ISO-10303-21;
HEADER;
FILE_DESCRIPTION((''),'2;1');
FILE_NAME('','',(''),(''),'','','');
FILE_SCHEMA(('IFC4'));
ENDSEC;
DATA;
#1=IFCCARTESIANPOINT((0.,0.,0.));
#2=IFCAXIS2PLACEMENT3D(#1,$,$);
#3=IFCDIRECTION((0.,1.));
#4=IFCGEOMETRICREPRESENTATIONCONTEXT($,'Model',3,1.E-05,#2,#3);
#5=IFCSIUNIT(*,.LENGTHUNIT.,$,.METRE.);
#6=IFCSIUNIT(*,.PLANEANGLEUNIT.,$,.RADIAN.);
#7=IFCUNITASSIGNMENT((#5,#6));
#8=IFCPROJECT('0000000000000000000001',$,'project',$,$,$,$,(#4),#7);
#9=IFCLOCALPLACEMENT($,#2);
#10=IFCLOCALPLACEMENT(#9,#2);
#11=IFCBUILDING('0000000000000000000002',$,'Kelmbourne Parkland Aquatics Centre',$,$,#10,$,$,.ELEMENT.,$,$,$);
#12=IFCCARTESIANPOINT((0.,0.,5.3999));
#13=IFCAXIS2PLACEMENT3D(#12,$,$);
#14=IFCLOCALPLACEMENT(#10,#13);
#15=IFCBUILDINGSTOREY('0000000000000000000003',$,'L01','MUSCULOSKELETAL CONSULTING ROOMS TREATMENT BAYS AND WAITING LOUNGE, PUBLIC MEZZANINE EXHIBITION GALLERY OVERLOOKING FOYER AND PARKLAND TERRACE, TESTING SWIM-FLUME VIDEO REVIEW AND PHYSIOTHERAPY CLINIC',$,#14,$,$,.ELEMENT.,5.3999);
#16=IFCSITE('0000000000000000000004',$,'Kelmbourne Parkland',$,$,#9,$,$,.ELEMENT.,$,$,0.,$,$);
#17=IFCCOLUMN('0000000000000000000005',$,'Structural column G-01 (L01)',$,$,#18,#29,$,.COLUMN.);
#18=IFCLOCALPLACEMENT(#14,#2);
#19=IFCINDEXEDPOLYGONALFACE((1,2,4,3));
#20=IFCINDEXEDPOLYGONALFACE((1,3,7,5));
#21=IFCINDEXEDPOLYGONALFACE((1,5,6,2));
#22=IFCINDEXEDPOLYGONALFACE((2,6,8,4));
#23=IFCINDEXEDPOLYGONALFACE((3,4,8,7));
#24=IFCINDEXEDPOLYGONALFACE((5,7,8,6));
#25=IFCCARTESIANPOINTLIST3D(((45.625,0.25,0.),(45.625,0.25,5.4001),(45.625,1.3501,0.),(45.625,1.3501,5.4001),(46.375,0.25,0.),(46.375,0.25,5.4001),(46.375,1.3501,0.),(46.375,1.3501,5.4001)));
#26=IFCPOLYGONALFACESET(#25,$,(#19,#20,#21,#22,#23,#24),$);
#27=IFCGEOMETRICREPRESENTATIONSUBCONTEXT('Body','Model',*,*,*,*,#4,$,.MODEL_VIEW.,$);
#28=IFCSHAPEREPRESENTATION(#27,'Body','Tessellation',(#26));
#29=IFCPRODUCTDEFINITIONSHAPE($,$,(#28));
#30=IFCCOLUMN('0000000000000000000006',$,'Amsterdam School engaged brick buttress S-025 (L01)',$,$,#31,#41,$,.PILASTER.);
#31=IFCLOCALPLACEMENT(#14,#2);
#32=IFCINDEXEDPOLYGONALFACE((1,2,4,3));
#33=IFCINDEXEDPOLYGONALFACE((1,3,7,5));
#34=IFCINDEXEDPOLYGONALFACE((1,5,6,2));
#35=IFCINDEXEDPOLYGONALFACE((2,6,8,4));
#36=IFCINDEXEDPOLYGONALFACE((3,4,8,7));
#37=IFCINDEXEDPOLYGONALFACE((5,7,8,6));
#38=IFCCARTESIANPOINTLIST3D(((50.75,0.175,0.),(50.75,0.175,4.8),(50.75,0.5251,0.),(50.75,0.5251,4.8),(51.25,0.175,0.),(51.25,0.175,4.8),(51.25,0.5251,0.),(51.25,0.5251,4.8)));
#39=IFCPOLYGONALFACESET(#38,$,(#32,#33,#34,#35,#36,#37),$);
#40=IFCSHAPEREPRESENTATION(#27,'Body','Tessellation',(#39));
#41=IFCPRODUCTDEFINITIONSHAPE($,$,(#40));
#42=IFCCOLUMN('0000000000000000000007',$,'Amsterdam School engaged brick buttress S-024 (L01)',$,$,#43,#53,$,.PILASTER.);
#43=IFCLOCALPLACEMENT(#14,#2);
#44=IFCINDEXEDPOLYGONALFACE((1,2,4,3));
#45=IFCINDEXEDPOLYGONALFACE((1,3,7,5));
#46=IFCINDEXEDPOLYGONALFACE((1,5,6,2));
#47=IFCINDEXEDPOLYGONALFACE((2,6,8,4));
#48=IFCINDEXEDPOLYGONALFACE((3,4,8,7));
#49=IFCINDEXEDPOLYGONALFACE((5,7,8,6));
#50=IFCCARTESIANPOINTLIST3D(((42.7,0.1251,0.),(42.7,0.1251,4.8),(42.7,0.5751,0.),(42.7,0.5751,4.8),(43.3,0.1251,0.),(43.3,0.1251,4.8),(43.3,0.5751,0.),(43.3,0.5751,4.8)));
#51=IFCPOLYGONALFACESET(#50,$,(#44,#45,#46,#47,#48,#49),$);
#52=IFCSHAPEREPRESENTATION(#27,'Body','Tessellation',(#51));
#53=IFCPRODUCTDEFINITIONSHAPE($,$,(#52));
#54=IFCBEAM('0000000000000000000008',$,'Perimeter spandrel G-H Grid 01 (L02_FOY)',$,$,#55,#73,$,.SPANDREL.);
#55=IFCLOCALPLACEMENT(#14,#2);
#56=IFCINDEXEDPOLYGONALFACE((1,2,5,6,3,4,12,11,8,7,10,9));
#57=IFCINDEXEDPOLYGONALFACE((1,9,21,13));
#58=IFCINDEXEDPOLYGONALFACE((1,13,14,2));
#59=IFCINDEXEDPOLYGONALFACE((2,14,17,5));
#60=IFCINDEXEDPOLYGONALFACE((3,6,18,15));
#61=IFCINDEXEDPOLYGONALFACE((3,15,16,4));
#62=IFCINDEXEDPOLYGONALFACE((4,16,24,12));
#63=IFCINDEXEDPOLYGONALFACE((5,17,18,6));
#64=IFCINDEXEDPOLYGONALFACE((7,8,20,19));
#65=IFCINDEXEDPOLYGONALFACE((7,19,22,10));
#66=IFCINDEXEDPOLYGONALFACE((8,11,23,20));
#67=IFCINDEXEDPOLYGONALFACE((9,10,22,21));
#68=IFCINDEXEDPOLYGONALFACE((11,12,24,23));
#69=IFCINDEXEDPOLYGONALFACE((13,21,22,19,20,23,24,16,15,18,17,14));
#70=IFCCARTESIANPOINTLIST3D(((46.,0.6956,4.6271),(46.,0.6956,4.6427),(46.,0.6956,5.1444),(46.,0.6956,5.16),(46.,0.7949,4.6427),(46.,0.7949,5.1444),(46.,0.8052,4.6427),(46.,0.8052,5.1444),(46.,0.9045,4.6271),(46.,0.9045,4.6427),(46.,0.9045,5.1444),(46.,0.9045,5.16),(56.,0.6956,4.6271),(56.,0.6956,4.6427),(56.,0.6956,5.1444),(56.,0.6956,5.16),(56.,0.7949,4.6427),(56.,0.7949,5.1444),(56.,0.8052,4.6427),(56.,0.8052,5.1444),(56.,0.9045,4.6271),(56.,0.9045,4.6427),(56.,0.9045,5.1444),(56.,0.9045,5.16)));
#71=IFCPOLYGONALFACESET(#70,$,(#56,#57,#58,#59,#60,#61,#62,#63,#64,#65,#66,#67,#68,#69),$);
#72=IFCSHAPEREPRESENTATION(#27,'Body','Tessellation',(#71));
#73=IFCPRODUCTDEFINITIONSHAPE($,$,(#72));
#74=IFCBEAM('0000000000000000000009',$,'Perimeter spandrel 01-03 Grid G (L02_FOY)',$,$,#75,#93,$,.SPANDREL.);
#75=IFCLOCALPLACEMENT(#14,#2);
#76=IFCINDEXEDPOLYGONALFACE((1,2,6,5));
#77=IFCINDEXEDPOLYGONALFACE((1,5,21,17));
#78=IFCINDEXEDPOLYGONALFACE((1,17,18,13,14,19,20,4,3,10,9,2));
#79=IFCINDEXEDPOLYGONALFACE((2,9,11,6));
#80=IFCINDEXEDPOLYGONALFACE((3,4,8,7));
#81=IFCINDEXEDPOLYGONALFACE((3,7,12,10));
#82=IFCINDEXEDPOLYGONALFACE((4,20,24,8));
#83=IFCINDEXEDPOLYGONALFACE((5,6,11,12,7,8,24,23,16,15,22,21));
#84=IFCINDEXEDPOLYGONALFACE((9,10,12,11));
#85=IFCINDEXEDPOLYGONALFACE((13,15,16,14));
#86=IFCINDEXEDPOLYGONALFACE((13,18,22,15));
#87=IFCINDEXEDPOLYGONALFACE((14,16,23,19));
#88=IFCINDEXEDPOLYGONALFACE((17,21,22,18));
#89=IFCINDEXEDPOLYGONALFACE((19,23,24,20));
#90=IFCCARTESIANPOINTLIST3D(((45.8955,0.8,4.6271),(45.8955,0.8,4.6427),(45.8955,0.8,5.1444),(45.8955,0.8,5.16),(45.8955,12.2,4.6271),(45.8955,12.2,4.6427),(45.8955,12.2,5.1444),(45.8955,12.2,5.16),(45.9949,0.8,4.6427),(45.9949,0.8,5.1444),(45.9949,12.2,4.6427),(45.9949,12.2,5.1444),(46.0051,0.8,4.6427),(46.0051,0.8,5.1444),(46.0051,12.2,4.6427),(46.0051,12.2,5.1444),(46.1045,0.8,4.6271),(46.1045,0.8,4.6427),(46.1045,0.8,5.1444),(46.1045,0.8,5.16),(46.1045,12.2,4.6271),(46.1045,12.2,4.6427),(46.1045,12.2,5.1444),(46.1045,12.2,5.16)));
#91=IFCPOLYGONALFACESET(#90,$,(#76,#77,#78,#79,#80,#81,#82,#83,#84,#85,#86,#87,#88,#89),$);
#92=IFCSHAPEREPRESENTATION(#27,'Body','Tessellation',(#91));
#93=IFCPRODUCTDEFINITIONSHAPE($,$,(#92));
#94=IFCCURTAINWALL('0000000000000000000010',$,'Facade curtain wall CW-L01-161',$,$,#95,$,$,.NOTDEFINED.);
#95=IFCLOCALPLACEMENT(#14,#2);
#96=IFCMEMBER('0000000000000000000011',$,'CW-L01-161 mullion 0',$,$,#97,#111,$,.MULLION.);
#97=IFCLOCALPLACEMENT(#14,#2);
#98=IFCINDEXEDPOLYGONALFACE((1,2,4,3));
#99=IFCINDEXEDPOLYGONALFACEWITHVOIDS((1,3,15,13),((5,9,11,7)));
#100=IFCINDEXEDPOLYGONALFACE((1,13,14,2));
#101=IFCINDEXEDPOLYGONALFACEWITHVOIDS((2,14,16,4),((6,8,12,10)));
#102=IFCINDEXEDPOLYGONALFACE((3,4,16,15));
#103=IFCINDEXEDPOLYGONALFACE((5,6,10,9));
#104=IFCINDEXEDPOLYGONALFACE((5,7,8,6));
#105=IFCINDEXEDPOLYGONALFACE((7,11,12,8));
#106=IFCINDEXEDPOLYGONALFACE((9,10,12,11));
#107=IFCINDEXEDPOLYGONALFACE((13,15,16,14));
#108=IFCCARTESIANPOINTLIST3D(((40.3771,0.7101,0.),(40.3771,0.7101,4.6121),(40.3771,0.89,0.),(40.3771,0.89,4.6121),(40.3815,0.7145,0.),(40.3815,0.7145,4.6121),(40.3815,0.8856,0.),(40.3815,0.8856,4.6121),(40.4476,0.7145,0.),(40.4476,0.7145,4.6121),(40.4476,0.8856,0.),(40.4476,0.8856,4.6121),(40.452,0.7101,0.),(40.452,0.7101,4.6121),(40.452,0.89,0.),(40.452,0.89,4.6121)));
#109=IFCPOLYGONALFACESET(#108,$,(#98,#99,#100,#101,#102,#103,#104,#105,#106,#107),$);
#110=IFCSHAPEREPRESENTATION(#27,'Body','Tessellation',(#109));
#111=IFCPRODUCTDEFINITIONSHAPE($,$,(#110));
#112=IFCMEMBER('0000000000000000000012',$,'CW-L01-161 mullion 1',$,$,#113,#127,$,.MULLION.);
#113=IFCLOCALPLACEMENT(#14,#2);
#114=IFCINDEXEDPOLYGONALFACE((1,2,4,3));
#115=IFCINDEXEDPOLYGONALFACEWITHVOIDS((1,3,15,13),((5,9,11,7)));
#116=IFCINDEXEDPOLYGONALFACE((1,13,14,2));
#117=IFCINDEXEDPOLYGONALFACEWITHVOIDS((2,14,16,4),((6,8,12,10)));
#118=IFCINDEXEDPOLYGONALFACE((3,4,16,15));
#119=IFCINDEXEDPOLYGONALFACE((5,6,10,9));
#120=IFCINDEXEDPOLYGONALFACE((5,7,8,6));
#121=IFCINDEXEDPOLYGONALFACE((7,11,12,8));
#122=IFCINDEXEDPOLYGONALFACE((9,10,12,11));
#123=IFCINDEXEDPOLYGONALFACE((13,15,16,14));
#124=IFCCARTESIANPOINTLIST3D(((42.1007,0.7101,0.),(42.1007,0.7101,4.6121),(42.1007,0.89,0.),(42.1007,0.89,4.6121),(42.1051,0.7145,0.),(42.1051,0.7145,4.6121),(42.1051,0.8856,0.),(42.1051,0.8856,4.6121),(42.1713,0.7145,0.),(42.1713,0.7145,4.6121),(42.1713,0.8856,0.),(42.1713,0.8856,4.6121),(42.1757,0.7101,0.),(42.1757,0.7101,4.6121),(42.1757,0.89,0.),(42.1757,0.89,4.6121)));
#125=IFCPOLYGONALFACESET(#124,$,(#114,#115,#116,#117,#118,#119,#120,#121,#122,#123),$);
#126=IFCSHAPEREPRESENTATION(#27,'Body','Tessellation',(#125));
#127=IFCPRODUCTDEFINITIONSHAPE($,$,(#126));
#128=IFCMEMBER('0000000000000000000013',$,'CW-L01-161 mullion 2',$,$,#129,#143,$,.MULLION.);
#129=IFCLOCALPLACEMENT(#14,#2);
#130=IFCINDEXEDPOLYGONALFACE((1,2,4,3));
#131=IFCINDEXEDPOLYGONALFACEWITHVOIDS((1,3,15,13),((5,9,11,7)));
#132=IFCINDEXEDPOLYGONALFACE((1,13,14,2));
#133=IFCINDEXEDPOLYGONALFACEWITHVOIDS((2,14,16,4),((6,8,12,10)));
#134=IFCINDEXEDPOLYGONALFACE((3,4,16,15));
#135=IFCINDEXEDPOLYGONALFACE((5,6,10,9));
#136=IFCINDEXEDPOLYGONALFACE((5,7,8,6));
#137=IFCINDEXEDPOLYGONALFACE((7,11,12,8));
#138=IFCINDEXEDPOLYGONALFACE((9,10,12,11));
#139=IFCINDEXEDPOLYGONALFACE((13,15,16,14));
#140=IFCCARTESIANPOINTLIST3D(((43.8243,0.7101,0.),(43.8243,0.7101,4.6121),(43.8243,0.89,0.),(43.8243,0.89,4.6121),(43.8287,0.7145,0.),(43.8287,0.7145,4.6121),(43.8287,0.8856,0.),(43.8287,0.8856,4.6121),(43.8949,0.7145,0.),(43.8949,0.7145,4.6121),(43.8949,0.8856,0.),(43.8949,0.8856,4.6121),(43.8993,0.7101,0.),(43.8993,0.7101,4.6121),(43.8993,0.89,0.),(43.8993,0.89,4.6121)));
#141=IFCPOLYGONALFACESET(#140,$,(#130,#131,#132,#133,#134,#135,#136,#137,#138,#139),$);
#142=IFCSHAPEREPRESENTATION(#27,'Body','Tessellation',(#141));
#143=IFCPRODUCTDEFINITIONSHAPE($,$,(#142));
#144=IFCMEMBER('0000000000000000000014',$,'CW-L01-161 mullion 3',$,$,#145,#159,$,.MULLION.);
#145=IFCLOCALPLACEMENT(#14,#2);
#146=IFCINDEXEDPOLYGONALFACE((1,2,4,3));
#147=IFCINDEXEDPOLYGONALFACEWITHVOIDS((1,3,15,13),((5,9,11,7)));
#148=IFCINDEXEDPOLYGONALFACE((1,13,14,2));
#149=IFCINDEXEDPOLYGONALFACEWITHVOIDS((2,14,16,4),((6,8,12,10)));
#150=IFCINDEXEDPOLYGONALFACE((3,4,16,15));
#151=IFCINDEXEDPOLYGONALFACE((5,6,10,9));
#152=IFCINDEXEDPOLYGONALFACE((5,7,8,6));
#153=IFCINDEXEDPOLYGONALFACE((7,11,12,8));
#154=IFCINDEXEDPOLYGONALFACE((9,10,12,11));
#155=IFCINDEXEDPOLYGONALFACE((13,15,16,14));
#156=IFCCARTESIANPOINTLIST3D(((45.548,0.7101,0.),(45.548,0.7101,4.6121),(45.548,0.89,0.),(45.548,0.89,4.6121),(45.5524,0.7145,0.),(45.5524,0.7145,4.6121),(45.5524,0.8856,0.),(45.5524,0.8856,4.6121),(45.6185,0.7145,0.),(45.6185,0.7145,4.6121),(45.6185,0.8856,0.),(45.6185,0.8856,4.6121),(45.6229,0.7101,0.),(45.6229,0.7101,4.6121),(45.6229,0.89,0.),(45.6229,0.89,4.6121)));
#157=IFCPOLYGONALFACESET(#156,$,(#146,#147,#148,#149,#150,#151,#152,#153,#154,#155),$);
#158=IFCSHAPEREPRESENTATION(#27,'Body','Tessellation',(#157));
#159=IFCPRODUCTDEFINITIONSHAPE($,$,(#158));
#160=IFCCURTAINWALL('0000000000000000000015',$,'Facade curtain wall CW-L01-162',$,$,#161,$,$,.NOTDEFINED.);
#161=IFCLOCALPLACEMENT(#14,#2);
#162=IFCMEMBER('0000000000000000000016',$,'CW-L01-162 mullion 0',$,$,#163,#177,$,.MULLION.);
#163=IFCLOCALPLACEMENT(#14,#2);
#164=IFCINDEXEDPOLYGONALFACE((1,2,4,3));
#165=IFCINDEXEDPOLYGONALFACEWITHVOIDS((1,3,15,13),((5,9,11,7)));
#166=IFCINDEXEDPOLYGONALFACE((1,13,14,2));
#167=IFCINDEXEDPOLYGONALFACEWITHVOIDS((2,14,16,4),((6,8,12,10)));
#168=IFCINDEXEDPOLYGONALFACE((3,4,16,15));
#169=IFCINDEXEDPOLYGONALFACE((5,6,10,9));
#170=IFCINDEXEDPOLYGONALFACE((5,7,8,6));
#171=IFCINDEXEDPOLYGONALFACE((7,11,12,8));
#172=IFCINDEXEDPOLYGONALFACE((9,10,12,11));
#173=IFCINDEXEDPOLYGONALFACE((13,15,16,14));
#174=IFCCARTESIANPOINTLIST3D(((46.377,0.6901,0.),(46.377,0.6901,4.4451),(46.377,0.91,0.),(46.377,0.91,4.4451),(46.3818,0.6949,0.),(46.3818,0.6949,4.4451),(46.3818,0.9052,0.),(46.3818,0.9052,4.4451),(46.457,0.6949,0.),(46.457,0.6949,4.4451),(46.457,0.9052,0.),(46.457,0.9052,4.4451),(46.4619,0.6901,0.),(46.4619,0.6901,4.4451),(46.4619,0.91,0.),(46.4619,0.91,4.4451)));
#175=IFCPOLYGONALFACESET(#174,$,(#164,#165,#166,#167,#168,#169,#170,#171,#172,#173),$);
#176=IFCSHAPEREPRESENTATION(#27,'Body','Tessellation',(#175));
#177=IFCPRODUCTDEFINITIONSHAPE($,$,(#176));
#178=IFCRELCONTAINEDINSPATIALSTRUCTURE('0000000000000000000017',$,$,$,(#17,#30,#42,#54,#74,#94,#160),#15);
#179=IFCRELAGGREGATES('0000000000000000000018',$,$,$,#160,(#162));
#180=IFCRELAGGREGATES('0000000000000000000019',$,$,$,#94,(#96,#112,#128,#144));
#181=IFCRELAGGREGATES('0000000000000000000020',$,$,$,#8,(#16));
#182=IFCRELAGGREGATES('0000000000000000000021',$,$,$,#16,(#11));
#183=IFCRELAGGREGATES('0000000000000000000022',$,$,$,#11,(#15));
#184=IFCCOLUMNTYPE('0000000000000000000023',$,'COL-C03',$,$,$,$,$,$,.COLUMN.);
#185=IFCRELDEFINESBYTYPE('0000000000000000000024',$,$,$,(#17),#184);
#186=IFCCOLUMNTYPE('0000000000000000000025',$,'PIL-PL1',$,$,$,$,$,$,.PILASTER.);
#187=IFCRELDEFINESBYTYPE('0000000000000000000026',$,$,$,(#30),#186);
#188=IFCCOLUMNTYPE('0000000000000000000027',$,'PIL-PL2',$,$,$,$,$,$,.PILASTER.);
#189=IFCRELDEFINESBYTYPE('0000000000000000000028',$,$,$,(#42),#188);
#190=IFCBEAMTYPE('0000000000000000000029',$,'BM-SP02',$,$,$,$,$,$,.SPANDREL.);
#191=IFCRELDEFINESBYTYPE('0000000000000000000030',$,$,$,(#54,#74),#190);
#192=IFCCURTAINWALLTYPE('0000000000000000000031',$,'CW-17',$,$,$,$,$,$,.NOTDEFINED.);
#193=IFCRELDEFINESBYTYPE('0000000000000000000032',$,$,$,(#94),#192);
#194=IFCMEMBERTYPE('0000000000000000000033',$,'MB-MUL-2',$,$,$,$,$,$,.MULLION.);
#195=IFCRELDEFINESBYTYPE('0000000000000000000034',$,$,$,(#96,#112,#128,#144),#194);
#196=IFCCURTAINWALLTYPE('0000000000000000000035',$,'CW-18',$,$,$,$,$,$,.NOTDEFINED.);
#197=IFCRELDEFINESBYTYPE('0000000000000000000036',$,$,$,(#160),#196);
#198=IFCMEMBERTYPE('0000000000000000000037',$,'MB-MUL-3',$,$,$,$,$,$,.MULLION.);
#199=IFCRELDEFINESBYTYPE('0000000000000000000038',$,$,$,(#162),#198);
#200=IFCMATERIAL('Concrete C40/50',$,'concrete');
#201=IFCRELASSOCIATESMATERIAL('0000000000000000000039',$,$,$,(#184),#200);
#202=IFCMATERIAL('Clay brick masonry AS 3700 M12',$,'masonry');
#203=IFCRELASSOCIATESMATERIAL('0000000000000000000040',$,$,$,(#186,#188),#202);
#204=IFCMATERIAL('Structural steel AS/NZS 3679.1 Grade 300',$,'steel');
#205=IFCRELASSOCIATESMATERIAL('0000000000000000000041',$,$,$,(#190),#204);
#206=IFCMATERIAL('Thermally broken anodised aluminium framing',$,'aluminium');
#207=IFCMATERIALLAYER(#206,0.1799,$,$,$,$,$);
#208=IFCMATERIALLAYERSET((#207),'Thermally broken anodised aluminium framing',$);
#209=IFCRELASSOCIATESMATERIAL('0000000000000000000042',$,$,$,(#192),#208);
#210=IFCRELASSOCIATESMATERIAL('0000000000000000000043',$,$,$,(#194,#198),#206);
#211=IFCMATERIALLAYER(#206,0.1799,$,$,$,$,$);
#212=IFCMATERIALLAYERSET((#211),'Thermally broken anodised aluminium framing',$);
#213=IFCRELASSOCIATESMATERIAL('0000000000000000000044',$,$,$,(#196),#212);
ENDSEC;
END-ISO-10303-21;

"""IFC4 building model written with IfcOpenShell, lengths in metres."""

from ifc_helpers import new_model, si_unit, direction, frame, origin, origin_2d, place, context, subcontext, project, spatial, rectangle, hollow_rectangle, i_section, extrude, material, layer, layer_set, material_profile, profile_set, type_object, element, aggregate, save


model = new_model("IFC4")

# Units and contexts
model_context = context("Model", 3, precision=1e-05, world=origin(), true_north=direction((0.0, 1.0)))
body_context = subcontext(model_context, "Body", "Model", "MODEL_VIEW")
ifc_project = project(units=[si_unit("LENGTHUNIT", "METRE"), si_unit("PLANEANGLEUNIT", "RADIAN")], contexts=[model_context])

# Site, building, storey
site_placement = place(None, origin())
site = spatial("IfcSite", under=ifc_project, at=site_placement, Name="Kelmbourne Parkland", CompositionType="ELEMENT", RefElevation=0.0)
building_placement = place(site_placement, origin())
building = spatial("IfcBuilding", under=site, at=building_placement, Name="Kelmbourne Parkland Aquatics Centre", CompositionType="ELEMENT")
storey_placement = place(building_placement, frame((0.0, 0.0, 5.3999)))
storey = spatial("IfcBuildingStorey", under=building, at=storey_placement, Name="L01", Description="MUSCULOSKELETAL CONSULTING ROOMS TREATMENT BAYS AND WAITING LOUNGE, PUBLIC MEZZANINE EXHIBITION GALLERY OVERLOOKING FOYER AND PARKLAND TERRACE, TESTING SWIM-FLUME VIDEO REVIEW AND PHYSIOTHERAPY CLINIC", CompositionType="ELEMENT", Elevation=5.3999)

# Columns
ifc_material_1 = material(Name="Concrete C40/50", Category="concrete")
ifc_material_profile_1 = material_profile(ifc_material_1, rectangle(XDim=0.75, YDim=1.1001, at=origin_2d()), Name="RC 750x1100")
ifc_profile_set_1 = profile_set([ifc_material_profile_1], Name="Concrete C40/50")
column_type_1 = type_object("IfcColumnType", Name="COL-C03", PredefinedType="COLUMN", material=ifc_profile_set_1)
column_1_placement = place(storey_placement, frame((46.0, 0.8, 0.0), z_axis=(0.0, 0.0, 1.0), x_axis=(1.0, 0.0, 0.0)))
element("IfcColumn", 1, at=column_1_placement, inside=storey, type_object=column_type_1, Name="Structural column G-01 (L01)", PredefinedType="COLUMN", context=body_context, shape_type="SweptSolid", body=[
    extrude(rectangle(XDim=0.75, YDim=1.1001, at=origin_2d()), origin(), (0.0, 0.0, 1.0), 5.4001),
])
ifc_material_2 = material(Name="Clay brick masonry AS 3700 M12", Category="masonry")
ifc_material_profile_2 = material_profile(ifc_material_2, rectangle(XDim=0.3501, YDim=0.5, at=origin_2d()), Name="PIL 350x500")
ifc_profile_set_2 = profile_set([ifc_material_profile_2], Name="Clay brick masonry AS 3700 M12")
column_type_2 = type_object("IfcColumnType", Name="PIL-PL1", PredefinedType="PILASTER", material=ifc_profile_set_2)
column_2_placement = place(storey_placement, frame((51.0, 0.3501, 0.0), z_axis=(0.0, 0.0, 1.0), x_axis=(0.0, 1.0, 0.0)))
element("IfcColumn", 2, at=column_2_placement, inside=storey, type_object=column_type_2, Name="Amsterdam School engaged brick buttress S-025 (L01)", PredefinedType="PILASTER", context=body_context, shape_type="SweptSolid", body=[
    extrude(rectangle(XDim=0.3501, YDim=0.5, at=origin_2d()), origin(), (0.0, 0.0, 1.0), 4.8),
])
ifc_material_profile_3 = material_profile(ifc_material_2, rectangle(XDim=0.45, YDim=0.6001, at=origin_2d()), Name="PIL 450x600")
ifc_profile_set_3 = profile_set([ifc_material_profile_3], Name="Clay brick masonry AS 3700 M12")
column_type_3 = type_object("IfcColumnType", Name="PIL-PL2", PredefinedType="PILASTER", material=ifc_profile_set_3)
column_3_placement = place(storey_placement, frame((43.0, 0.3501, 0.0), z_axis=(0.0, 0.0, 1.0), x_axis=(0.0, 1.0, 0.0)))
element("IfcColumn", 3, at=column_3_placement, inside=storey, type_object=column_type_3, Name="Amsterdam School engaged brick buttress S-024 (L01)", PredefinedType="PILASTER", context=body_context, shape_type="SweptSolid", body=[
    extrude(rectangle(XDim=0.45, YDim=0.6001, at=origin_2d()), origin(), (0.0, 0.0, 1.0), 4.8),
])

# Beams
ifc_material_3 = material(Name="Structural steel AS/NZS 3679.1 Grade 300", Category="steel")
ifc_material_profile_4 = material_profile(ifc_material_3, i_section(OverallWidth=0.209, OverallDepth=0.533, WebThickness=0.0103, FlangeThickness=0.0156, at=origin_2d()), Name="530UB92.4")
ifc_profile_set_4 = profile_set([ifc_material_profile_4], Name="Structural steel AS/NZS 3679.1 Grade 300")
beam_type = type_object("IfcBeamType", Name="BM-SP02", PredefinedType="SPANDREL", material=ifc_profile_set_4)
beam_1_placement = place(storey_placement, frame((46.0, 0.8, 4.8936), z_axis=(1.0, 0.0, 0.0), x_axis=(0.0, 1.0, 0.0)))
element("IfcBeam", 4, at=beam_1_placement, inside=storey, type_object=beam_type, Name="Perimeter spandrel G-H Grid 01 (L02_FOY)", PredefinedType="SPANDREL", context=body_context, shape_type="SweptSolid", body=[
    extrude(i_section(OverallWidth=0.209, OverallDepth=0.533, WebThickness=0.0103, FlangeThickness=0.0156, at=origin_2d()), origin(), (0.0, 0.0, 1.0), 10.0),
])
beam_2_placement = place(storey_placement, frame((46.0, 0.8, 4.8936), z_axis=(0.0, 1.0, 0.0), x_axis=(-1.0, 0.0, 0.0)))
element("IfcBeam", 5, at=beam_2_placement, inside=storey, type_object=beam_type, Name="Perimeter spandrel 01-03 Grid G (L02_FOY)", PredefinedType="SPANDREL", context=body_context, shape_type="SweptSolid", body=[
    extrude(i_section(OverallWidth=0.209, OverallDepth=0.533, WebThickness=0.0103, FlangeThickness=0.0156, at=origin_2d()), origin(), (0.0, 0.0, 1.0), 11.3999),
])

# Curtain walls, members
ifc_material_4 = material(Name="Thermally broken anodised aluminium framing", Category="aluminium")
ifc_layer_1 = layer(ifc_material_4, 0.1799)
ifc_layer_set_1 = layer_set([ifc_layer_1], Name="Thermally broken anodised aluminium framing")
curtain_wall_type_1 = type_object("IfcCurtainWallType", Name="CW-17", PredefinedType="NOTDEFINED", material=ifc_layer_set_1)
curtain_wall_1_placement = place(storey_placement, origin())
curtain_wall_1 = element("IfcCurtainWall", 6, at=curtain_wall_1_placement, inside=storey, type_object=curtain_wall_type_1, Name="Facade curtain wall CW-L01-161", PredefinedType="NOTDEFINED")
ifc_material_profile_5 = material_profile(ifc_material_4, hollow_rectangle(XDim=0.075, YDim=0.1799, WallThickness=0.0044, at=origin_2d()), Name="CW-M 75x180")
ifc_profile_set_5 = profile_set([ifc_material_profile_5], Name="Thermally broken anodised aluminium framing")
member_type_1 = type_object("IfcMemberType", Name="MB-MUL-2", PredefinedType="MULLION", material=ifc_profile_set_5)
member_1_placement = place(storey_placement, frame((40.4146, 0.8, 0.0), z_axis=(0.0, 0.0, 1.0), x_axis=(1.0, 0.0, 0.0)))
member_1 = element("IfcMember", 7, at=member_1_placement, type_object=member_type_1, Name="CW-L01-161 mullion 0", PredefinedType="MULLION", context=body_context, shape_type="SweptSolid", body=[
    extrude(hollow_rectangle(XDim=0.075, YDim=0.1799, WallThickness=0.0044, at=origin_2d()), origin(), (0.0, 0.0, 1.0), 4.6121),
])
member_2_placement = place(storey_placement, frame((42.1382, 0.8, 0.0), z_axis=(0.0, 0.0, 1.0), x_axis=(1.0, 0.0, 0.0)))
member_2 = element("IfcMember", 8, at=member_2_placement, type_object=member_type_1, Name="CW-L01-161 mullion 1", PredefinedType="MULLION", context=body_context, shape_type="SweptSolid", body=[
    extrude(hollow_rectangle(XDim=0.075, YDim=0.1799, WallThickness=0.0044, at=origin_2d()), origin(), (0.0, 0.0, 1.0), 4.6121),
])
member_3_placement = place(storey_placement, frame((43.8618, 0.8, 0.0), z_axis=(0.0, 0.0, 1.0), x_axis=(1.0, 0.0, 0.0)))
member_3 = element("IfcMember", 9, at=member_3_placement, type_object=member_type_1, Name="CW-L01-161 mullion 2", PredefinedType="MULLION", context=body_context, shape_type="SweptSolid", body=[
    extrude(hollow_rectangle(XDim=0.075, YDim=0.1799, WallThickness=0.0044, at=origin_2d()), origin(), (0.0, 0.0, 1.0), 4.6121),
])
member_4_placement = place(storey_placement, frame((45.5854, 0.8, 0.0), z_axis=(0.0, 0.0, 1.0), x_axis=(1.0, 0.0, 0.0)))
member_4 = element("IfcMember", 10, at=member_4_placement, type_object=member_type_1, Name="CW-L01-161 mullion 3", PredefinedType="MULLION", context=body_context, shape_type="SweptSolid", body=[
    extrude(hollow_rectangle(XDim=0.075, YDim=0.1799, WallThickness=0.0044, at=origin_2d()), origin(), (0.0, 0.0, 1.0), 4.6121),
])
ifc_layer_2 = layer(ifc_material_4, 0.1799)
ifc_layer_set_2 = layer_set([ifc_layer_2], Name="Thermally broken anodised aluminium framing")
curtain_wall_type_2 = type_object("IfcCurtainWallType", Name="CW-18", PredefinedType="NOTDEFINED", material=ifc_layer_set_2)
curtain_wall_2_placement = place(storey_placement, origin())
curtain_wall_2 = element("IfcCurtainWall", 11, at=curtain_wall_2_placement, inside=storey, type_object=curtain_wall_type_2, Name="Facade curtain wall CW-L01-162", PredefinedType="NOTDEFINED")
ifc_material_profile_6 = material_profile(ifc_material_4, hollow_rectangle(XDim=0.085, YDim=0.22, WallThickness=0.0049, at=origin_2d()), Name="CW-M 85x220")
ifc_profile_set_6 = profile_set([ifc_material_profile_6], Name="Thermally broken anodised aluminium framing")
member_type_2 = type_object("IfcMemberType", Name="MB-MUL-3", PredefinedType="MULLION", material=ifc_profile_set_6)
member_5_placement = place(storey_placement, frame((46.4194, 0.8, 0.0), z_axis=(0.0, 0.0, 1.0), x_axis=(1.0, 0.0, 0.0)))
member_5 = element("IfcMember", 12, at=member_5_placement, type_object=member_type_2, Name="CW-L01-162 mullion 0", PredefinedType="MULLION", context=body_context, shape_type="SweptSolid", body=[
    extrude(hollow_rectangle(XDim=0.085, YDim=0.22, WallThickness=0.0049, at=origin_2d()), origin(), (0.0, 0.0, 1.0), 4.4451),
])

aggregate(curtain_wall_2, [member_5])
aggregate(curtain_wall_1, [member_1, member_2, member_3, member_4])

save(model, "model.ifc")
